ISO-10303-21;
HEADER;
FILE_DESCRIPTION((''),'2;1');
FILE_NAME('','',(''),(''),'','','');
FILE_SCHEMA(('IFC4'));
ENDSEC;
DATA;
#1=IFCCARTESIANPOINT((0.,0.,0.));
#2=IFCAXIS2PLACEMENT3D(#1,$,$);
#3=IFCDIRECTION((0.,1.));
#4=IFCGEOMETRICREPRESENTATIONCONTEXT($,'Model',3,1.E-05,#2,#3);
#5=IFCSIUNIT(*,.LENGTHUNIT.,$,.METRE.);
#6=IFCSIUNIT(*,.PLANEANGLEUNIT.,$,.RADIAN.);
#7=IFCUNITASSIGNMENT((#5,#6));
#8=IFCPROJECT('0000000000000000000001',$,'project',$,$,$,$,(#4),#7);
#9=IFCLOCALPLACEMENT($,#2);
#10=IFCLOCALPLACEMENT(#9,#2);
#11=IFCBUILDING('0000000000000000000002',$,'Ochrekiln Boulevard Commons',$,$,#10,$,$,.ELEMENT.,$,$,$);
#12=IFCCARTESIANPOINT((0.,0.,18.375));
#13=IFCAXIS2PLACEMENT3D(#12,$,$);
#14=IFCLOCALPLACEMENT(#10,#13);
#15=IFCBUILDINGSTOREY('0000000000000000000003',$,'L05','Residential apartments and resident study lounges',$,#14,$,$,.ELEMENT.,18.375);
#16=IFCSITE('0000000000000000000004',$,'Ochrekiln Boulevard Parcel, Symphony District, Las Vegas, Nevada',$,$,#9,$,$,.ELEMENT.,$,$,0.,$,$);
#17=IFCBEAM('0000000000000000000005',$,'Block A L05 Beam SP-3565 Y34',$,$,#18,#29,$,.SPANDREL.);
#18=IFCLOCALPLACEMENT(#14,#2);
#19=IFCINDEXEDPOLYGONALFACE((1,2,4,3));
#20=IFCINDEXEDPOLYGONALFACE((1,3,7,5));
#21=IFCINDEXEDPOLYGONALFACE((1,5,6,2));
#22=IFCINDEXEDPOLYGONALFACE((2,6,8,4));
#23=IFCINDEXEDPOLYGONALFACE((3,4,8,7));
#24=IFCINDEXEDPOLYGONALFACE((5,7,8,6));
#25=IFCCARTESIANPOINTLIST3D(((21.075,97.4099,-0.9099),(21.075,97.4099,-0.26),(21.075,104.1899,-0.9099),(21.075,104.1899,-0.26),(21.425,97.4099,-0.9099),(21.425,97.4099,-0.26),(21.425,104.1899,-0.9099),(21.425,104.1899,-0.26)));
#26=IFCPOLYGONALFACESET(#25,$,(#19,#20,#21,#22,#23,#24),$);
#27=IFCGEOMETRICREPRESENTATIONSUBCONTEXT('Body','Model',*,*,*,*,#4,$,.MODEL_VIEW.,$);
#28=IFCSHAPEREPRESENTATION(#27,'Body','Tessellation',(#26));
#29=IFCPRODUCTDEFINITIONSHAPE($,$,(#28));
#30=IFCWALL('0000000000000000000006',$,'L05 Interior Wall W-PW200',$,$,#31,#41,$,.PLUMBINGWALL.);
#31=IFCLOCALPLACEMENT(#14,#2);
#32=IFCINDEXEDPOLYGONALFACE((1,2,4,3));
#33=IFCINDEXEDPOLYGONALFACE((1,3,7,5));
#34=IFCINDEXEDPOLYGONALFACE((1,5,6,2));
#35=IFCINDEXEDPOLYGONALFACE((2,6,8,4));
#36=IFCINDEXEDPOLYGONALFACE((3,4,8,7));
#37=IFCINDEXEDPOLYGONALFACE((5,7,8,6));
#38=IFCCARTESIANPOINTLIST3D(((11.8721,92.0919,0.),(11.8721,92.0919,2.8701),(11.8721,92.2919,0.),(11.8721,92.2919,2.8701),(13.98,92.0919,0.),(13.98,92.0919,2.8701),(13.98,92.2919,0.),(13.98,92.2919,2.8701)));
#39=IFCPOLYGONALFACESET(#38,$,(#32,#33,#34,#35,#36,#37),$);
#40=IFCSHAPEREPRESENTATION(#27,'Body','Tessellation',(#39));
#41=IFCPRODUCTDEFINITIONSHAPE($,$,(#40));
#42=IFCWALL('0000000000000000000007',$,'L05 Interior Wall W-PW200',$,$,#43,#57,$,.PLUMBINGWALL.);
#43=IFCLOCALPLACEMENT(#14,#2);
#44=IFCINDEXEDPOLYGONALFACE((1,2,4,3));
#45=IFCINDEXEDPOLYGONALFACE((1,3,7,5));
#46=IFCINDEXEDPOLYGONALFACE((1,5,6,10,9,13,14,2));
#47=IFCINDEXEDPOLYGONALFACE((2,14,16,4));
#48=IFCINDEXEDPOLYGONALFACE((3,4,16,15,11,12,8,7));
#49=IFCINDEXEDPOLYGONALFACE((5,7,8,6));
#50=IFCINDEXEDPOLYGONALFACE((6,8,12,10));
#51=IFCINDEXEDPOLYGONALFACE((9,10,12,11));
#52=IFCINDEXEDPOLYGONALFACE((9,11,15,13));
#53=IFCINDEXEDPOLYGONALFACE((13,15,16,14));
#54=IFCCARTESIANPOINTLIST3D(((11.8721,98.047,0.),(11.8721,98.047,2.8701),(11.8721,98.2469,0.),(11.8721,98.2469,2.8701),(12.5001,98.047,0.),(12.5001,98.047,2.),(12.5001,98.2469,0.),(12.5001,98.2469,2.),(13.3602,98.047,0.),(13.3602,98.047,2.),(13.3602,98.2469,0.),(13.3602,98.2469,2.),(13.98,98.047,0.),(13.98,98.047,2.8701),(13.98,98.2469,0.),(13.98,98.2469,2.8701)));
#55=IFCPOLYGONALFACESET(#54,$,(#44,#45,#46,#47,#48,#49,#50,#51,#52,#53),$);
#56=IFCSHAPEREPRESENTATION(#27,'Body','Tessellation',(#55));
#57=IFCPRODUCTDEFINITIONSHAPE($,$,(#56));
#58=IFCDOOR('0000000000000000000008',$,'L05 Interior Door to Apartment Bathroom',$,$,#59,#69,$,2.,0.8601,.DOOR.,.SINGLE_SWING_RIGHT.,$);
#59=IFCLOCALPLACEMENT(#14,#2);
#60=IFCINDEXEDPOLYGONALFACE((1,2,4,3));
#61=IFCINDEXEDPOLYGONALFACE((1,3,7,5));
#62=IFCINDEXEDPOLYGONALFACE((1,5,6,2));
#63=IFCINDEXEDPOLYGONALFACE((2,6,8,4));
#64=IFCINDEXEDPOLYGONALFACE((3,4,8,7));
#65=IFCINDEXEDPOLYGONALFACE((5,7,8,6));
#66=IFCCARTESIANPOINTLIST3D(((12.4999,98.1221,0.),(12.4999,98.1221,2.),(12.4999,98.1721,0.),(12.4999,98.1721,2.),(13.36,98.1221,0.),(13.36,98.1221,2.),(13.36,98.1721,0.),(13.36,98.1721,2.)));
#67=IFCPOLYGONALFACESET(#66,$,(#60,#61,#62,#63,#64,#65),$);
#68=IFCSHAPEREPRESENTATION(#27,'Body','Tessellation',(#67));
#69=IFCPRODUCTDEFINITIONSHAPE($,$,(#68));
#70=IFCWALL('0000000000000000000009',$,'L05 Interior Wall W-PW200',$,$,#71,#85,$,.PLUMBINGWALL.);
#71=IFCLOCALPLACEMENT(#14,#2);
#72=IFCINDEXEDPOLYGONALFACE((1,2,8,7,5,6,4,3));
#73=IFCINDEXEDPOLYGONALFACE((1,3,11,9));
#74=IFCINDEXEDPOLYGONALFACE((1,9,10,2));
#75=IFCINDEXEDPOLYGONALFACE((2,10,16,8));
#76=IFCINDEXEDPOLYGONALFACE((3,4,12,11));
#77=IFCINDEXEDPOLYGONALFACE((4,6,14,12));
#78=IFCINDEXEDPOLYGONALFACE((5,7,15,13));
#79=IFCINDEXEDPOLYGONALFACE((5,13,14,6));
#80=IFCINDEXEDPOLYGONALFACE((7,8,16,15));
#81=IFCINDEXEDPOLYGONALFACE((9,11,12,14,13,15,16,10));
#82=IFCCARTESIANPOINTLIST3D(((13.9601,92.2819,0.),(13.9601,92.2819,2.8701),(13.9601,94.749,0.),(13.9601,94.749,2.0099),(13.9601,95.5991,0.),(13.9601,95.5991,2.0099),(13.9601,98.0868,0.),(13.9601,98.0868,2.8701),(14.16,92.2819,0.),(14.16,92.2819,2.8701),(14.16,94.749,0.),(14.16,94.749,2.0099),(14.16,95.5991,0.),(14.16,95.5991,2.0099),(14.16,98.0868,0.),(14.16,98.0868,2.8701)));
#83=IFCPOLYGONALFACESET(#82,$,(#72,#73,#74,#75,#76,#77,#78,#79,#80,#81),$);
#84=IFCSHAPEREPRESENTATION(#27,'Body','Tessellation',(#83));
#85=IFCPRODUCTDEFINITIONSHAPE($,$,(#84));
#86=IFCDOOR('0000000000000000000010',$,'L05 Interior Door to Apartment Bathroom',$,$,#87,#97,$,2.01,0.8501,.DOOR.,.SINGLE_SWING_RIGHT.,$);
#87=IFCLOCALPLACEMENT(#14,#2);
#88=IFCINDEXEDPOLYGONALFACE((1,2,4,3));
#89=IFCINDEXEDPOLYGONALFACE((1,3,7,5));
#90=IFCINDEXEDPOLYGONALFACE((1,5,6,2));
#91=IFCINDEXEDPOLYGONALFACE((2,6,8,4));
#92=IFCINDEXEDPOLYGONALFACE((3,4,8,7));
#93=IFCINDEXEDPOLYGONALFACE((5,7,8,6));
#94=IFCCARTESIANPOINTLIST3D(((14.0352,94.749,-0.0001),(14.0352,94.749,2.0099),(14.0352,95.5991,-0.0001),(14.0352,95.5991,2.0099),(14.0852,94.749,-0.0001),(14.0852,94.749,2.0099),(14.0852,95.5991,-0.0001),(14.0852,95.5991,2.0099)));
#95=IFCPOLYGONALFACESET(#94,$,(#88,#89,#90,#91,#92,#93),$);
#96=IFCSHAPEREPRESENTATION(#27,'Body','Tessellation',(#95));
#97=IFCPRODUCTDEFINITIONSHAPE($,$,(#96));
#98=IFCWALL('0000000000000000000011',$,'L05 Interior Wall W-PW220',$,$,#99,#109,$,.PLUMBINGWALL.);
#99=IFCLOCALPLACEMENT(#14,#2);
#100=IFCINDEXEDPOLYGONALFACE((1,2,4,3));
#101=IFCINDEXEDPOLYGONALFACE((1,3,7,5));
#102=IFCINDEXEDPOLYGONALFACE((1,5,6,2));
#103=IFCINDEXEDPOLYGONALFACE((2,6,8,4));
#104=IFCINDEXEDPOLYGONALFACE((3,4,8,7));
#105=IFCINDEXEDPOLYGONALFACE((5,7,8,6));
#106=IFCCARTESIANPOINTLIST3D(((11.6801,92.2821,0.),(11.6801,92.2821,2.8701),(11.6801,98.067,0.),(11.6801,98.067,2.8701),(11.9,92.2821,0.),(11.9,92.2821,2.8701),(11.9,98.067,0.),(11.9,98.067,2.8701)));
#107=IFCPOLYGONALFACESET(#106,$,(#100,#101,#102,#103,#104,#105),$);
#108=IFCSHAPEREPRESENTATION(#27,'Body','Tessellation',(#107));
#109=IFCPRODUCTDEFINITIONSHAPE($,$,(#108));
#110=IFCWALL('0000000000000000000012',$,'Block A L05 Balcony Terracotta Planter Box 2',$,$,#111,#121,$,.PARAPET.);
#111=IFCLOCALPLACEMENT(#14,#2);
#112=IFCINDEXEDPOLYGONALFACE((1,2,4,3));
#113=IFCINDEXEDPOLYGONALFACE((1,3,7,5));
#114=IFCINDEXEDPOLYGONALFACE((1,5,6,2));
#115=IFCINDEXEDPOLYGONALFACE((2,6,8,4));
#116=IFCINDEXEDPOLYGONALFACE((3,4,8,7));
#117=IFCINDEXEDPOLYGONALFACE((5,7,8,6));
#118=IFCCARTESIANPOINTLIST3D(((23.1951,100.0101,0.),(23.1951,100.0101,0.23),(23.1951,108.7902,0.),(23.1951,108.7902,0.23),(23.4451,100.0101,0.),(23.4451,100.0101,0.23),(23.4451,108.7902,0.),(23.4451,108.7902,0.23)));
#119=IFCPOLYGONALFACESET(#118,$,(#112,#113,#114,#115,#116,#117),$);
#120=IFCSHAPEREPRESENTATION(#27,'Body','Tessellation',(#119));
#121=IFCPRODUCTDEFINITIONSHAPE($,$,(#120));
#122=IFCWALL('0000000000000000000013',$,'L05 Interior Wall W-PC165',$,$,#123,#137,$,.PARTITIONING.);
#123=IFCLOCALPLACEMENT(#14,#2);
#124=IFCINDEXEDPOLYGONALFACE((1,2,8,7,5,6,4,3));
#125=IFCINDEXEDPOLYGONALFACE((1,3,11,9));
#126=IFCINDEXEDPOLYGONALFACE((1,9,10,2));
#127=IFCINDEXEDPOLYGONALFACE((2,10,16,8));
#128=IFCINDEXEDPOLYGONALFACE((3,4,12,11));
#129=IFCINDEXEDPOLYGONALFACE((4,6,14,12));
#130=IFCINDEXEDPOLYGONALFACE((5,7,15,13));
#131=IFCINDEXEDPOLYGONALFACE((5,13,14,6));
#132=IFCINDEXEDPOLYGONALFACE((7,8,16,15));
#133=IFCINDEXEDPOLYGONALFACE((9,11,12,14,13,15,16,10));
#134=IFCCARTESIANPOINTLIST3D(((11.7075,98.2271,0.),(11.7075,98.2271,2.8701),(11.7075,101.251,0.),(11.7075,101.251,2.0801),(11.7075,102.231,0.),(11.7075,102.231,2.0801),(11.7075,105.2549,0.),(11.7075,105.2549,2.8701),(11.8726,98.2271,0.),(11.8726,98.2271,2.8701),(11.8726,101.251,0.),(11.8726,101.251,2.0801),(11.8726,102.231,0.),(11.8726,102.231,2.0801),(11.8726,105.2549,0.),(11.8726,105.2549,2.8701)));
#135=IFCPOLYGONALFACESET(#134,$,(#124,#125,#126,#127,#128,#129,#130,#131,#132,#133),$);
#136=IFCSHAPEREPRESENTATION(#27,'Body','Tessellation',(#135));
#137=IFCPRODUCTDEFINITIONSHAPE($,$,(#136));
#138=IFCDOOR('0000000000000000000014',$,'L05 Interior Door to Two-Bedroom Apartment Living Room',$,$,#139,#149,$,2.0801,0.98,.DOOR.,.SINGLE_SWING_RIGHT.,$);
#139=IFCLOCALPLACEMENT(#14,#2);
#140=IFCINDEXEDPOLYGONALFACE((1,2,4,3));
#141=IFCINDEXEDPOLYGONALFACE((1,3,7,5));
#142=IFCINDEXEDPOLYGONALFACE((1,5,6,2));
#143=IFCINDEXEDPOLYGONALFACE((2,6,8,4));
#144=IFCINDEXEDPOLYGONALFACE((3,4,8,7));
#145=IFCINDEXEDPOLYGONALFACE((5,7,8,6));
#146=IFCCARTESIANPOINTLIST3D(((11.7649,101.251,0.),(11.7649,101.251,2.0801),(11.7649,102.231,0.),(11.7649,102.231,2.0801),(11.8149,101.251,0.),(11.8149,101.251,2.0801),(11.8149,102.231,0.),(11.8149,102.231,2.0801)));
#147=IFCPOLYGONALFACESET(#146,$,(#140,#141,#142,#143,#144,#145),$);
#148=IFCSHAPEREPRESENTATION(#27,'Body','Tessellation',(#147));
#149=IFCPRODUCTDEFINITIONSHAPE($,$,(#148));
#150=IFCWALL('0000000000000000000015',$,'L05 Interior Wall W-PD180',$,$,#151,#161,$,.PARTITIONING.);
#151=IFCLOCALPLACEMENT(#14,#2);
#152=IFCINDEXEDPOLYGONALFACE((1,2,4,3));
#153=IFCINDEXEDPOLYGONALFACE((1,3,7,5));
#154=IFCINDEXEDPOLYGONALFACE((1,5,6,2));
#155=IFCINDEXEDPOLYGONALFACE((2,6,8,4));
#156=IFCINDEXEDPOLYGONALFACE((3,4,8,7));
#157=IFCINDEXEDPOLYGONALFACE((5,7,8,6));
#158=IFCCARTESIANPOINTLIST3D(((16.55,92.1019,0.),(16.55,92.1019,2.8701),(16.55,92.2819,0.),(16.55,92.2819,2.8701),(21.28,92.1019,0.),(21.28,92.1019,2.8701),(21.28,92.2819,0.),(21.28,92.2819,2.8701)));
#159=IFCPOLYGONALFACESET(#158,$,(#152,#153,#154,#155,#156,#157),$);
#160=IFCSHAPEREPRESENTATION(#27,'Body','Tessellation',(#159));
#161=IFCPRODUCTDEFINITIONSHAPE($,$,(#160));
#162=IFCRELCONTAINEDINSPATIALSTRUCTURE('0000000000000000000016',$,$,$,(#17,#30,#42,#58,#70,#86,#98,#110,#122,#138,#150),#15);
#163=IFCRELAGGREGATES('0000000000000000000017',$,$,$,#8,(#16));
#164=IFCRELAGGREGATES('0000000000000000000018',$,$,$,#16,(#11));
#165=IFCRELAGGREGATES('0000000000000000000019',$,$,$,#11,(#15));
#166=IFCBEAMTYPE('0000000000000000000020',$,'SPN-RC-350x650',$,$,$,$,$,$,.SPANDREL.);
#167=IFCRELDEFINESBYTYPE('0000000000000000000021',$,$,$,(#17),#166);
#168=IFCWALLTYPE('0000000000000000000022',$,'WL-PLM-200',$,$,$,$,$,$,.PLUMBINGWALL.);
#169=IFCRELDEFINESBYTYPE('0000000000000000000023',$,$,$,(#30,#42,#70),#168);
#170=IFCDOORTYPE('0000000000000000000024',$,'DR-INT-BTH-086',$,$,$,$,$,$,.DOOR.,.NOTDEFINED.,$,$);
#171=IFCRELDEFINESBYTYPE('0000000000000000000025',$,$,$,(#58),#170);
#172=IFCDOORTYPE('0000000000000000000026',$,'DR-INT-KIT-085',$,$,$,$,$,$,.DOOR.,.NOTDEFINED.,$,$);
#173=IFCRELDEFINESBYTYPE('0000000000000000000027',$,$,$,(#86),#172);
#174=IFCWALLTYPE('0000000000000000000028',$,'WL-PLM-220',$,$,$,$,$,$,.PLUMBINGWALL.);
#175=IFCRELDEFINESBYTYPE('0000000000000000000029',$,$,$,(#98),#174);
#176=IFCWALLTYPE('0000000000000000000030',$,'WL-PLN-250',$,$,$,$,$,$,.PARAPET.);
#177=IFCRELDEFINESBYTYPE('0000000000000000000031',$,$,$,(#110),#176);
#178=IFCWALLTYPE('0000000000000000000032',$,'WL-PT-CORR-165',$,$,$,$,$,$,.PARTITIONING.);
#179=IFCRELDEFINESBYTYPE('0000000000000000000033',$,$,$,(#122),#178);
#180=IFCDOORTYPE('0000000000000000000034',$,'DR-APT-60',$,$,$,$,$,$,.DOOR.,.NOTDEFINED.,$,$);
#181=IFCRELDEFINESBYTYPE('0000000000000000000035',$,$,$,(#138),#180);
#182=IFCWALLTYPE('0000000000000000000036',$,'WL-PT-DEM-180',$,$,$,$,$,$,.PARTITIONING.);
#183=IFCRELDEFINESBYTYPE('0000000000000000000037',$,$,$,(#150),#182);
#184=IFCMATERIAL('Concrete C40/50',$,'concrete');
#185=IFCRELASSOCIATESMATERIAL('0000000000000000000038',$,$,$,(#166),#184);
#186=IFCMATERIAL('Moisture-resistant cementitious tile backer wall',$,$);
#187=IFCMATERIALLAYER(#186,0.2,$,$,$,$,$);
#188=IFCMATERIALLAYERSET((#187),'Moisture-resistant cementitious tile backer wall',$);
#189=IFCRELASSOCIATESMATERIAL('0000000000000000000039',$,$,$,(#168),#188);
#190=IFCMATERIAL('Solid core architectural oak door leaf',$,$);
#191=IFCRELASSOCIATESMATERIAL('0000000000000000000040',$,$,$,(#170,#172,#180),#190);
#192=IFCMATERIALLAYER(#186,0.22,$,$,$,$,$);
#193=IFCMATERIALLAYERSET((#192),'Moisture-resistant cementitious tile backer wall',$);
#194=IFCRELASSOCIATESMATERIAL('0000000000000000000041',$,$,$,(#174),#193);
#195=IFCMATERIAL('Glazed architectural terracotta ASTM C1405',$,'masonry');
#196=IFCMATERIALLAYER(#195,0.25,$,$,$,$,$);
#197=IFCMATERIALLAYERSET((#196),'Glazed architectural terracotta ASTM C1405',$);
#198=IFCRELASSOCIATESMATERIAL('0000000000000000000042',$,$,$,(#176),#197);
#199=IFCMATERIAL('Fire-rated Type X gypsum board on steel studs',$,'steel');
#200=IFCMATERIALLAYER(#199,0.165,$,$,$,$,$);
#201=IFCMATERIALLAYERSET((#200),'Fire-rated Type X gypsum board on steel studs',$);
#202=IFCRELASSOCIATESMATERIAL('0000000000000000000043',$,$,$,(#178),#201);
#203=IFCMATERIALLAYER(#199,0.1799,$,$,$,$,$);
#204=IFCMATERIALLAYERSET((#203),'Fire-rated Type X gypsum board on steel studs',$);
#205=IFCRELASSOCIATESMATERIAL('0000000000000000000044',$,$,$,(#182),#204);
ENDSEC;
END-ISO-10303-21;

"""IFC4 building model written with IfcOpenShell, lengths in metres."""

from ifc_helpers import new_model, si_unit, direction, frame, frame_2d, origin, origin_2d, place, context, subcontext, project, spatial, rectangle, extrude, material, layer, layer_set, material_profile, profile_set, type_object, element, fill, save


model = new_model("IFC4")

# Units and contexts
model_context = context("Model", 3, precision=1e-05, world=origin(), true_north=direction((0.0, 1.0)))
body_context = subcontext(model_context, "Body", "Model", "MODEL_VIEW")
ifc_project = project(units=[si_unit("LENGTHUNIT", "METRE"), si_unit("PLANEANGLEUNIT", "RADIAN")], contexts=[model_context])

# Site, building, storey
site_placement = place(None, origin())
site = spatial("IfcSite", under=ifc_project, at=site_placement, Name="Ochrekiln Boulevard Parcel, Symphony District, Las Vegas, Nevada", CompositionType="ELEMENT", RefElevation=0.0)
building_placement = place(site_placement, origin())
building = spatial("IfcBuilding", under=site, at=building_placement, Name="Ochrekiln Boulevard Commons", CompositionType="ELEMENT")
storey_placement = place(building_placement, frame((0.0, 0.0, 18.375)))
storey = spatial("IfcBuildingStorey", under=building, at=storey_placement, Name="L05", Description="Residential apartments and resident study lounges", CompositionType="ELEMENT", Elevation=18.375)

# Shared definitions
ifc_material_1 = material(Name="Concrete C40/50", Category="concrete")

# Beam
ifc_material_profile_1 = material_profile(ifc_material_1, rectangle(XDim=0.3501, YDim=0.6499, at=origin_2d()), Name="RC-SPN-350x650")
ifc_profile_set_1 = profile_set([ifc_material_profile_1], Name="Concrete C40/50")
beam_type_1 = type_object("IfcBeamType", Name="SPN-RC-350x650", PredefinedType="SPANDREL", material=ifc_profile_set_1)
for number, where, z_axis, x_axis, name in (
    (1, (21.25, 97.4099, -0.585), (0.0, 1.0, 0.0), (-1.0, 0.0, 0.0), "Block A L05 Beam SP-3565 Y34"),
):
    element("IfcBeam", number, at=place(storey_placement, frame(where, z_axis=z_axis, x_axis=x_axis)), inside=storey, type_object=beam_type_1, Name=name, PredefinedType="SPANDREL", context=body_context, shape_type="SweptSolid", body=[
        extrude(rectangle(XDim=0.3501, YDim=0.6499, at=origin_2d()), origin(), (0.0, 0.0, 1.0), 6.78),
    ])

# Wall
ifc_material_2 = material(Name="Moisture-resistant cementitious tile backer wall")
ifc_layer_1 = layer(ifc_material_2, 0.2)
ifc_layer_set_1 = layer_set([ifc_layer_1], Name="Moisture-resistant cementitious tile backer wall")
wall_type_1 = type_object("IfcWallType", Name="WL-PLM-200", PredefinedType="PLUMBINGWALL", material=ifc_layer_set_1)
wall_1_placement = place(storey_placement, frame((11.8721, 92.1919, 0.0), z_axis=(0.0, 0.0, 1.0), x_axis=(1.0, 0.0, 0.0)))
element("IfcWall", 2, at=wall_1_placement, inside=storey, type_object=wall_type_1, Name="L05 Interior Wall W-PW200", PredefinedType="PLUMBINGWALL", context=body_context, shape_type="SweptSolid", body=[
    extrude(rectangle(XDim=2.1079, YDim=0.2, at=frame_2d((1.054, 0.0))), origin(), (0.0, 0.0, 1.0), 2.8701),
])

# Walls, openings, doors
wall_2_placement = place(storey_placement, frame((11.8721, 98.147, 0.0), z_axis=(0.0, 0.0, 1.0), x_axis=(1.0, 0.0, 0.0)))
wall_2 = element("IfcWall", 3, at=wall_2_placement, inside=storey, type_object=wall_type_1, Name="L05 Interior Wall W-PW200", PredefinedType="PLUMBINGWALL", context=body_context, shape_type="SweptSolid", body=[
    extrude(rectangle(XDim=2.1079, YDim=0.2, at=frame_2d((1.054, 0.0))), origin(), (0.0, 0.0, 1.0), 2.8701),
])
opening_1_placement = place(wall_2_placement, frame((0.6279, 0.0, 0.0)))
opening_1 = element("IfcOpeningElement", 4, at=opening_1_placement, cuts=wall_2, PredefinedType="OPENING", context=body_context, shape_type="SweptSolid", body=[
    extrude(rectangle(XDim=0.8601, YDim=2.0, at=frame_2d((0.4302, 1.0))), frame((0.0, 0.1099, 0.0), z_axis=(0.0, -1.0, 0.0), x_axis=(1.0, 0.0, 0.0)), (0.0, 0.0, 1.0), 0.22),
])
ifc_material_3 = material(Name="Solid core architectural oak door leaf")
door_type_1 = type_object("IfcDoorType", Name="DR-INT-BTH-086", OperationType="NOTDEFINED", PredefinedType="DOOR", material=ifc_material_3)
door_1_placement = place(opening_1_placement, frame((0.8601, 0.0, 0.0), z_axis=(0.0, 0.0, 1.0), x_axis=(-1.0, 0.0, 0.0)))
door_1 = element("IfcDoor", 5, at=door_1_placement, inside=storey, type_object=door_type_1, Name="L05 Interior Door to Apartment Bathroom", OperationType="SINGLE_SWING_RIGHT", OverallHeight=2.0, OverallWidth=0.8601, PredefinedType="DOOR", context=body_context, shape_type="SweptSolid", body=[
    extrude(rectangle(XDim=0.8601, YDim=2.0, at=frame_2d((0.4302, 1.0))), frame((0.0, 0.0249, 0.0), z_axis=(0.0, -1.0, 0.0), x_axis=(1.0, 0.0, 0.0)), (0.0, 0.0, 1.0), 0.05),
])
fill(opening_1, door_1)
wall_3_placement = place(storey_placement, frame((14.0601, 92.282, 0.0), z_axis=(0.0, 0.0, 1.0), x_axis=(0.0, 1.0, 0.0)))
wall_3 = element("IfcWall", 6, at=wall_3_placement, inside=storey, type_object=wall_type_1, Name="L05 Interior Wall W-PW200", PredefinedType="PLUMBINGWALL", context=body_context, shape_type="SweptSolid", body=[
    extrude(rectangle(XDim=5.8049, YDim=0.2, at=frame_2d((2.9023, 0.0))), origin(), (0.0, 0.0, 1.0), 2.8701),
])
opening_2_placement = place(wall_3_placement, frame((2.467, 0.0, 0.0)))
opening_2 = element("IfcOpeningElement", 7, at=opening_2_placement, cuts=wall_3, PredefinedType="OPENING", context=body_context, shape_type="SweptSolid", body=[
    extrude(rectangle(XDim=0.8501, YDim=2.01, at=frame_2d((0.425, 1.0049))), frame((0.0, 0.1099, 0.0), z_axis=(0.0, -1.0, 0.0), x_axis=(1.0, 0.0, 0.0)), (0.0, 0.0, 1.0), 0.22),
])
door_type_2 = type_object("IfcDoorType", Name="DR-INT-KIT-085", OperationType="NOTDEFINED", PredefinedType="DOOR", material=ifc_material_3)
door_2_placement = place(opening_2_placement, origin())
door_2 = element("IfcDoor", 8, at=door_2_placement, inside=storey, type_object=door_type_2, Name="L05 Interior Door to Apartment Bathroom", OperationType="SINGLE_SWING_RIGHT", OverallHeight=2.01, OverallWidth=0.8501, PredefinedType="DOOR", context=body_context, shape_type="SweptSolid", body=[
    extrude(rectangle(XDim=0.8501, YDim=2.01, at=frame_2d((0.425, 1.0049))), frame((0.0, 0.0249, 0.0), z_axis=(0.0, -1.0, 0.0), x_axis=(1.0, 0.0, 0.0)), (0.0, 0.0, 1.0), 0.05),
])
fill(opening_2, door_2)

# Walls
ifc_layer_2 = layer(ifc_material_2, 0.22)
ifc_layer_set_2 = layer_set([ifc_layer_2], Name="Moisture-resistant cementitious tile backer wall")
wall_type_2 = type_object("IfcWallType", Name="WL-PLM-220", PredefinedType="PLUMBINGWALL", material=ifc_layer_set_2)
wall_4_placement = place(storey_placement, frame((11.79, 92.282, 0.0), z_axis=(0.0, 0.0, 1.0), x_axis=(0.0, 1.0, 0.0)))
element("IfcWall", 9, at=wall_4_placement, inside=storey, type_object=wall_type_2, Name="L05 Interior Wall W-PW220", PredefinedType="PLUMBINGWALL", context=body_context, shape_type="SweptSolid", body=[
    extrude(rectangle(XDim=5.7849, YDim=0.22, at=frame_2d((2.8926, 0.0))), origin(), (0.0, 0.0, 1.0), 2.8701),
])
ifc_material_4 = material(Name="Glazed architectural terracotta ASTM C1405", Category="masonry")
ifc_layer_3 = layer(ifc_material_4, 0.25)
ifc_layer_set_3 = layer_set([ifc_layer_3], Name="Glazed architectural terracotta ASTM C1405")
wall_type_3 = type_object("IfcWallType", Name="WL-PLN-250", PredefinedType="PARAPET", material=ifc_layer_set_3)
wall_5_placement = place(storey_placement, frame((23.3201, 100.01, 0.0), z_axis=(0.0, 0.0, 1.0), x_axis=(0.0, 1.0, 0.0)))
element("IfcWall", 10, at=wall_5_placement, inside=storey, type_object=wall_type_3, Name="Block A L05 Balcony Terracotta Planter Box 2", PredefinedType="PARAPET", context=body_context, shape_type="SweptSolid", body=[
    extrude(rectangle(XDim=8.78, YDim=0.25, at=frame_2d((4.3901, 0.0))), origin(), (0.0, 0.0, 1.0), 0.23),
])

# Wall, opening, door
ifc_material_5 = material(Name="Fire-rated Type X gypsum board on steel studs", Category="steel")
ifc_layer_4 = layer(ifc_material_5, 0.165)
ifc_layer_set_4 = layer_set([ifc_layer_4], Name="Fire-rated Type X gypsum board on steel studs")
wall_type_4 = type_object("IfcWallType", Name="WL-PT-CORR-165", PredefinedType="PARTITIONING", material=ifc_layer_set_4)
wall_6_placement = place(storey_placement, frame((11.79, 98.2271, 0.0), z_axis=(0.0, 0.0, 1.0), x_axis=(0.0, 1.0, 0.0)))
wall_6 = element("IfcWall", 11, at=wall_6_placement, inside=storey, type_object=wall_type_4, Name="L05 Interior Wall W-PC165", PredefinedType="PARTITIONING", context=body_context, shape_type="SweptSolid", body=[
    extrude(rectangle(XDim=7.0278, YDim=0.165, at=frame_2d((3.5139, 0.0))), origin(), (0.0, 0.0, 1.0), 2.8701),
])
opening_3_placement = place(wall_6_placement, frame((3.0239, 0.0, 0.0)))
opening_3 = element("IfcOpeningElement", 12, at=opening_3_placement, cuts=wall_6, PredefinedType="OPENING", context=body_context, shape_type="SweptSolid", body=[
    extrude(rectangle(XDim=0.98, YDim=2.0801, at=frame_2d((0.49, 1.04))), frame((0.0, 0.0925, 0.0), z_axis=(0.0, -1.0, 0.0), x_axis=(1.0, 0.0, 0.0)), (0.0, 0.0, 1.0), 0.1851),
])
door_type_3 = type_object("IfcDoorType", Name="DR-APT-60", OperationType="NOTDEFINED", PredefinedType="DOOR", material=ifc_material_3)
door_3_placement = place(opening_3_placement, frame((0.98, 0.0, 0.0), z_axis=(0.0, 0.0, 1.0), x_axis=(-1.0, 0.0, 0.0)))
door_3 = element("IfcDoor", 13, at=door_3_placement, inside=storey, type_object=door_type_3, Name="L05 Interior Door to Two-Bedroom Apartment Living Room", OperationType="SINGLE_SWING_RIGHT", OverallHeight=2.0801, OverallWidth=0.98, PredefinedType="DOOR", context=body_context, shape_type="SweptSolid", body=[
    extrude(rectangle(XDim=0.98, YDim=2.0801, at=frame_2d((0.49, 1.04))), frame((0.0, 0.0249, 0.0), z_axis=(0.0, -1.0, 0.0), x_axis=(1.0, 0.0, 0.0)), (0.0, 0.0, 1.0), 0.05),
])
fill(opening_3, door_3)

# Wall
ifc_layer_5 = layer(ifc_material_5, 0.1799)
ifc_layer_set_5 = layer_set([ifc_layer_5], Name="Fire-rated Type X gypsum board on steel studs")
wall_type_5 = type_object("IfcWallType", Name="WL-PT-DEM-180", PredefinedType="PARTITIONING", material=ifc_layer_set_5)
wall_7_placement = place(storey_placement, frame((16.55, 92.1919, 0.0), z_axis=(0.0, 0.0, 1.0), x_axis=(1.0, 0.0, 0.0)))
element("IfcWall", 14, at=wall_7_placement, inside=storey, type_object=wall_type_5, Name="L05 Interior Wall W-PD180", PredefinedType="PARTITIONING", context=body_context, shape_type="SweptSolid", body=[
    extrude(rectangle(XDim=4.73, YDim=0.1799, at=frame_2d((2.365, 0.0))), origin(), (0.0, 0.0, 1.0), 2.8701),
])

save(model, "model.ifc")
